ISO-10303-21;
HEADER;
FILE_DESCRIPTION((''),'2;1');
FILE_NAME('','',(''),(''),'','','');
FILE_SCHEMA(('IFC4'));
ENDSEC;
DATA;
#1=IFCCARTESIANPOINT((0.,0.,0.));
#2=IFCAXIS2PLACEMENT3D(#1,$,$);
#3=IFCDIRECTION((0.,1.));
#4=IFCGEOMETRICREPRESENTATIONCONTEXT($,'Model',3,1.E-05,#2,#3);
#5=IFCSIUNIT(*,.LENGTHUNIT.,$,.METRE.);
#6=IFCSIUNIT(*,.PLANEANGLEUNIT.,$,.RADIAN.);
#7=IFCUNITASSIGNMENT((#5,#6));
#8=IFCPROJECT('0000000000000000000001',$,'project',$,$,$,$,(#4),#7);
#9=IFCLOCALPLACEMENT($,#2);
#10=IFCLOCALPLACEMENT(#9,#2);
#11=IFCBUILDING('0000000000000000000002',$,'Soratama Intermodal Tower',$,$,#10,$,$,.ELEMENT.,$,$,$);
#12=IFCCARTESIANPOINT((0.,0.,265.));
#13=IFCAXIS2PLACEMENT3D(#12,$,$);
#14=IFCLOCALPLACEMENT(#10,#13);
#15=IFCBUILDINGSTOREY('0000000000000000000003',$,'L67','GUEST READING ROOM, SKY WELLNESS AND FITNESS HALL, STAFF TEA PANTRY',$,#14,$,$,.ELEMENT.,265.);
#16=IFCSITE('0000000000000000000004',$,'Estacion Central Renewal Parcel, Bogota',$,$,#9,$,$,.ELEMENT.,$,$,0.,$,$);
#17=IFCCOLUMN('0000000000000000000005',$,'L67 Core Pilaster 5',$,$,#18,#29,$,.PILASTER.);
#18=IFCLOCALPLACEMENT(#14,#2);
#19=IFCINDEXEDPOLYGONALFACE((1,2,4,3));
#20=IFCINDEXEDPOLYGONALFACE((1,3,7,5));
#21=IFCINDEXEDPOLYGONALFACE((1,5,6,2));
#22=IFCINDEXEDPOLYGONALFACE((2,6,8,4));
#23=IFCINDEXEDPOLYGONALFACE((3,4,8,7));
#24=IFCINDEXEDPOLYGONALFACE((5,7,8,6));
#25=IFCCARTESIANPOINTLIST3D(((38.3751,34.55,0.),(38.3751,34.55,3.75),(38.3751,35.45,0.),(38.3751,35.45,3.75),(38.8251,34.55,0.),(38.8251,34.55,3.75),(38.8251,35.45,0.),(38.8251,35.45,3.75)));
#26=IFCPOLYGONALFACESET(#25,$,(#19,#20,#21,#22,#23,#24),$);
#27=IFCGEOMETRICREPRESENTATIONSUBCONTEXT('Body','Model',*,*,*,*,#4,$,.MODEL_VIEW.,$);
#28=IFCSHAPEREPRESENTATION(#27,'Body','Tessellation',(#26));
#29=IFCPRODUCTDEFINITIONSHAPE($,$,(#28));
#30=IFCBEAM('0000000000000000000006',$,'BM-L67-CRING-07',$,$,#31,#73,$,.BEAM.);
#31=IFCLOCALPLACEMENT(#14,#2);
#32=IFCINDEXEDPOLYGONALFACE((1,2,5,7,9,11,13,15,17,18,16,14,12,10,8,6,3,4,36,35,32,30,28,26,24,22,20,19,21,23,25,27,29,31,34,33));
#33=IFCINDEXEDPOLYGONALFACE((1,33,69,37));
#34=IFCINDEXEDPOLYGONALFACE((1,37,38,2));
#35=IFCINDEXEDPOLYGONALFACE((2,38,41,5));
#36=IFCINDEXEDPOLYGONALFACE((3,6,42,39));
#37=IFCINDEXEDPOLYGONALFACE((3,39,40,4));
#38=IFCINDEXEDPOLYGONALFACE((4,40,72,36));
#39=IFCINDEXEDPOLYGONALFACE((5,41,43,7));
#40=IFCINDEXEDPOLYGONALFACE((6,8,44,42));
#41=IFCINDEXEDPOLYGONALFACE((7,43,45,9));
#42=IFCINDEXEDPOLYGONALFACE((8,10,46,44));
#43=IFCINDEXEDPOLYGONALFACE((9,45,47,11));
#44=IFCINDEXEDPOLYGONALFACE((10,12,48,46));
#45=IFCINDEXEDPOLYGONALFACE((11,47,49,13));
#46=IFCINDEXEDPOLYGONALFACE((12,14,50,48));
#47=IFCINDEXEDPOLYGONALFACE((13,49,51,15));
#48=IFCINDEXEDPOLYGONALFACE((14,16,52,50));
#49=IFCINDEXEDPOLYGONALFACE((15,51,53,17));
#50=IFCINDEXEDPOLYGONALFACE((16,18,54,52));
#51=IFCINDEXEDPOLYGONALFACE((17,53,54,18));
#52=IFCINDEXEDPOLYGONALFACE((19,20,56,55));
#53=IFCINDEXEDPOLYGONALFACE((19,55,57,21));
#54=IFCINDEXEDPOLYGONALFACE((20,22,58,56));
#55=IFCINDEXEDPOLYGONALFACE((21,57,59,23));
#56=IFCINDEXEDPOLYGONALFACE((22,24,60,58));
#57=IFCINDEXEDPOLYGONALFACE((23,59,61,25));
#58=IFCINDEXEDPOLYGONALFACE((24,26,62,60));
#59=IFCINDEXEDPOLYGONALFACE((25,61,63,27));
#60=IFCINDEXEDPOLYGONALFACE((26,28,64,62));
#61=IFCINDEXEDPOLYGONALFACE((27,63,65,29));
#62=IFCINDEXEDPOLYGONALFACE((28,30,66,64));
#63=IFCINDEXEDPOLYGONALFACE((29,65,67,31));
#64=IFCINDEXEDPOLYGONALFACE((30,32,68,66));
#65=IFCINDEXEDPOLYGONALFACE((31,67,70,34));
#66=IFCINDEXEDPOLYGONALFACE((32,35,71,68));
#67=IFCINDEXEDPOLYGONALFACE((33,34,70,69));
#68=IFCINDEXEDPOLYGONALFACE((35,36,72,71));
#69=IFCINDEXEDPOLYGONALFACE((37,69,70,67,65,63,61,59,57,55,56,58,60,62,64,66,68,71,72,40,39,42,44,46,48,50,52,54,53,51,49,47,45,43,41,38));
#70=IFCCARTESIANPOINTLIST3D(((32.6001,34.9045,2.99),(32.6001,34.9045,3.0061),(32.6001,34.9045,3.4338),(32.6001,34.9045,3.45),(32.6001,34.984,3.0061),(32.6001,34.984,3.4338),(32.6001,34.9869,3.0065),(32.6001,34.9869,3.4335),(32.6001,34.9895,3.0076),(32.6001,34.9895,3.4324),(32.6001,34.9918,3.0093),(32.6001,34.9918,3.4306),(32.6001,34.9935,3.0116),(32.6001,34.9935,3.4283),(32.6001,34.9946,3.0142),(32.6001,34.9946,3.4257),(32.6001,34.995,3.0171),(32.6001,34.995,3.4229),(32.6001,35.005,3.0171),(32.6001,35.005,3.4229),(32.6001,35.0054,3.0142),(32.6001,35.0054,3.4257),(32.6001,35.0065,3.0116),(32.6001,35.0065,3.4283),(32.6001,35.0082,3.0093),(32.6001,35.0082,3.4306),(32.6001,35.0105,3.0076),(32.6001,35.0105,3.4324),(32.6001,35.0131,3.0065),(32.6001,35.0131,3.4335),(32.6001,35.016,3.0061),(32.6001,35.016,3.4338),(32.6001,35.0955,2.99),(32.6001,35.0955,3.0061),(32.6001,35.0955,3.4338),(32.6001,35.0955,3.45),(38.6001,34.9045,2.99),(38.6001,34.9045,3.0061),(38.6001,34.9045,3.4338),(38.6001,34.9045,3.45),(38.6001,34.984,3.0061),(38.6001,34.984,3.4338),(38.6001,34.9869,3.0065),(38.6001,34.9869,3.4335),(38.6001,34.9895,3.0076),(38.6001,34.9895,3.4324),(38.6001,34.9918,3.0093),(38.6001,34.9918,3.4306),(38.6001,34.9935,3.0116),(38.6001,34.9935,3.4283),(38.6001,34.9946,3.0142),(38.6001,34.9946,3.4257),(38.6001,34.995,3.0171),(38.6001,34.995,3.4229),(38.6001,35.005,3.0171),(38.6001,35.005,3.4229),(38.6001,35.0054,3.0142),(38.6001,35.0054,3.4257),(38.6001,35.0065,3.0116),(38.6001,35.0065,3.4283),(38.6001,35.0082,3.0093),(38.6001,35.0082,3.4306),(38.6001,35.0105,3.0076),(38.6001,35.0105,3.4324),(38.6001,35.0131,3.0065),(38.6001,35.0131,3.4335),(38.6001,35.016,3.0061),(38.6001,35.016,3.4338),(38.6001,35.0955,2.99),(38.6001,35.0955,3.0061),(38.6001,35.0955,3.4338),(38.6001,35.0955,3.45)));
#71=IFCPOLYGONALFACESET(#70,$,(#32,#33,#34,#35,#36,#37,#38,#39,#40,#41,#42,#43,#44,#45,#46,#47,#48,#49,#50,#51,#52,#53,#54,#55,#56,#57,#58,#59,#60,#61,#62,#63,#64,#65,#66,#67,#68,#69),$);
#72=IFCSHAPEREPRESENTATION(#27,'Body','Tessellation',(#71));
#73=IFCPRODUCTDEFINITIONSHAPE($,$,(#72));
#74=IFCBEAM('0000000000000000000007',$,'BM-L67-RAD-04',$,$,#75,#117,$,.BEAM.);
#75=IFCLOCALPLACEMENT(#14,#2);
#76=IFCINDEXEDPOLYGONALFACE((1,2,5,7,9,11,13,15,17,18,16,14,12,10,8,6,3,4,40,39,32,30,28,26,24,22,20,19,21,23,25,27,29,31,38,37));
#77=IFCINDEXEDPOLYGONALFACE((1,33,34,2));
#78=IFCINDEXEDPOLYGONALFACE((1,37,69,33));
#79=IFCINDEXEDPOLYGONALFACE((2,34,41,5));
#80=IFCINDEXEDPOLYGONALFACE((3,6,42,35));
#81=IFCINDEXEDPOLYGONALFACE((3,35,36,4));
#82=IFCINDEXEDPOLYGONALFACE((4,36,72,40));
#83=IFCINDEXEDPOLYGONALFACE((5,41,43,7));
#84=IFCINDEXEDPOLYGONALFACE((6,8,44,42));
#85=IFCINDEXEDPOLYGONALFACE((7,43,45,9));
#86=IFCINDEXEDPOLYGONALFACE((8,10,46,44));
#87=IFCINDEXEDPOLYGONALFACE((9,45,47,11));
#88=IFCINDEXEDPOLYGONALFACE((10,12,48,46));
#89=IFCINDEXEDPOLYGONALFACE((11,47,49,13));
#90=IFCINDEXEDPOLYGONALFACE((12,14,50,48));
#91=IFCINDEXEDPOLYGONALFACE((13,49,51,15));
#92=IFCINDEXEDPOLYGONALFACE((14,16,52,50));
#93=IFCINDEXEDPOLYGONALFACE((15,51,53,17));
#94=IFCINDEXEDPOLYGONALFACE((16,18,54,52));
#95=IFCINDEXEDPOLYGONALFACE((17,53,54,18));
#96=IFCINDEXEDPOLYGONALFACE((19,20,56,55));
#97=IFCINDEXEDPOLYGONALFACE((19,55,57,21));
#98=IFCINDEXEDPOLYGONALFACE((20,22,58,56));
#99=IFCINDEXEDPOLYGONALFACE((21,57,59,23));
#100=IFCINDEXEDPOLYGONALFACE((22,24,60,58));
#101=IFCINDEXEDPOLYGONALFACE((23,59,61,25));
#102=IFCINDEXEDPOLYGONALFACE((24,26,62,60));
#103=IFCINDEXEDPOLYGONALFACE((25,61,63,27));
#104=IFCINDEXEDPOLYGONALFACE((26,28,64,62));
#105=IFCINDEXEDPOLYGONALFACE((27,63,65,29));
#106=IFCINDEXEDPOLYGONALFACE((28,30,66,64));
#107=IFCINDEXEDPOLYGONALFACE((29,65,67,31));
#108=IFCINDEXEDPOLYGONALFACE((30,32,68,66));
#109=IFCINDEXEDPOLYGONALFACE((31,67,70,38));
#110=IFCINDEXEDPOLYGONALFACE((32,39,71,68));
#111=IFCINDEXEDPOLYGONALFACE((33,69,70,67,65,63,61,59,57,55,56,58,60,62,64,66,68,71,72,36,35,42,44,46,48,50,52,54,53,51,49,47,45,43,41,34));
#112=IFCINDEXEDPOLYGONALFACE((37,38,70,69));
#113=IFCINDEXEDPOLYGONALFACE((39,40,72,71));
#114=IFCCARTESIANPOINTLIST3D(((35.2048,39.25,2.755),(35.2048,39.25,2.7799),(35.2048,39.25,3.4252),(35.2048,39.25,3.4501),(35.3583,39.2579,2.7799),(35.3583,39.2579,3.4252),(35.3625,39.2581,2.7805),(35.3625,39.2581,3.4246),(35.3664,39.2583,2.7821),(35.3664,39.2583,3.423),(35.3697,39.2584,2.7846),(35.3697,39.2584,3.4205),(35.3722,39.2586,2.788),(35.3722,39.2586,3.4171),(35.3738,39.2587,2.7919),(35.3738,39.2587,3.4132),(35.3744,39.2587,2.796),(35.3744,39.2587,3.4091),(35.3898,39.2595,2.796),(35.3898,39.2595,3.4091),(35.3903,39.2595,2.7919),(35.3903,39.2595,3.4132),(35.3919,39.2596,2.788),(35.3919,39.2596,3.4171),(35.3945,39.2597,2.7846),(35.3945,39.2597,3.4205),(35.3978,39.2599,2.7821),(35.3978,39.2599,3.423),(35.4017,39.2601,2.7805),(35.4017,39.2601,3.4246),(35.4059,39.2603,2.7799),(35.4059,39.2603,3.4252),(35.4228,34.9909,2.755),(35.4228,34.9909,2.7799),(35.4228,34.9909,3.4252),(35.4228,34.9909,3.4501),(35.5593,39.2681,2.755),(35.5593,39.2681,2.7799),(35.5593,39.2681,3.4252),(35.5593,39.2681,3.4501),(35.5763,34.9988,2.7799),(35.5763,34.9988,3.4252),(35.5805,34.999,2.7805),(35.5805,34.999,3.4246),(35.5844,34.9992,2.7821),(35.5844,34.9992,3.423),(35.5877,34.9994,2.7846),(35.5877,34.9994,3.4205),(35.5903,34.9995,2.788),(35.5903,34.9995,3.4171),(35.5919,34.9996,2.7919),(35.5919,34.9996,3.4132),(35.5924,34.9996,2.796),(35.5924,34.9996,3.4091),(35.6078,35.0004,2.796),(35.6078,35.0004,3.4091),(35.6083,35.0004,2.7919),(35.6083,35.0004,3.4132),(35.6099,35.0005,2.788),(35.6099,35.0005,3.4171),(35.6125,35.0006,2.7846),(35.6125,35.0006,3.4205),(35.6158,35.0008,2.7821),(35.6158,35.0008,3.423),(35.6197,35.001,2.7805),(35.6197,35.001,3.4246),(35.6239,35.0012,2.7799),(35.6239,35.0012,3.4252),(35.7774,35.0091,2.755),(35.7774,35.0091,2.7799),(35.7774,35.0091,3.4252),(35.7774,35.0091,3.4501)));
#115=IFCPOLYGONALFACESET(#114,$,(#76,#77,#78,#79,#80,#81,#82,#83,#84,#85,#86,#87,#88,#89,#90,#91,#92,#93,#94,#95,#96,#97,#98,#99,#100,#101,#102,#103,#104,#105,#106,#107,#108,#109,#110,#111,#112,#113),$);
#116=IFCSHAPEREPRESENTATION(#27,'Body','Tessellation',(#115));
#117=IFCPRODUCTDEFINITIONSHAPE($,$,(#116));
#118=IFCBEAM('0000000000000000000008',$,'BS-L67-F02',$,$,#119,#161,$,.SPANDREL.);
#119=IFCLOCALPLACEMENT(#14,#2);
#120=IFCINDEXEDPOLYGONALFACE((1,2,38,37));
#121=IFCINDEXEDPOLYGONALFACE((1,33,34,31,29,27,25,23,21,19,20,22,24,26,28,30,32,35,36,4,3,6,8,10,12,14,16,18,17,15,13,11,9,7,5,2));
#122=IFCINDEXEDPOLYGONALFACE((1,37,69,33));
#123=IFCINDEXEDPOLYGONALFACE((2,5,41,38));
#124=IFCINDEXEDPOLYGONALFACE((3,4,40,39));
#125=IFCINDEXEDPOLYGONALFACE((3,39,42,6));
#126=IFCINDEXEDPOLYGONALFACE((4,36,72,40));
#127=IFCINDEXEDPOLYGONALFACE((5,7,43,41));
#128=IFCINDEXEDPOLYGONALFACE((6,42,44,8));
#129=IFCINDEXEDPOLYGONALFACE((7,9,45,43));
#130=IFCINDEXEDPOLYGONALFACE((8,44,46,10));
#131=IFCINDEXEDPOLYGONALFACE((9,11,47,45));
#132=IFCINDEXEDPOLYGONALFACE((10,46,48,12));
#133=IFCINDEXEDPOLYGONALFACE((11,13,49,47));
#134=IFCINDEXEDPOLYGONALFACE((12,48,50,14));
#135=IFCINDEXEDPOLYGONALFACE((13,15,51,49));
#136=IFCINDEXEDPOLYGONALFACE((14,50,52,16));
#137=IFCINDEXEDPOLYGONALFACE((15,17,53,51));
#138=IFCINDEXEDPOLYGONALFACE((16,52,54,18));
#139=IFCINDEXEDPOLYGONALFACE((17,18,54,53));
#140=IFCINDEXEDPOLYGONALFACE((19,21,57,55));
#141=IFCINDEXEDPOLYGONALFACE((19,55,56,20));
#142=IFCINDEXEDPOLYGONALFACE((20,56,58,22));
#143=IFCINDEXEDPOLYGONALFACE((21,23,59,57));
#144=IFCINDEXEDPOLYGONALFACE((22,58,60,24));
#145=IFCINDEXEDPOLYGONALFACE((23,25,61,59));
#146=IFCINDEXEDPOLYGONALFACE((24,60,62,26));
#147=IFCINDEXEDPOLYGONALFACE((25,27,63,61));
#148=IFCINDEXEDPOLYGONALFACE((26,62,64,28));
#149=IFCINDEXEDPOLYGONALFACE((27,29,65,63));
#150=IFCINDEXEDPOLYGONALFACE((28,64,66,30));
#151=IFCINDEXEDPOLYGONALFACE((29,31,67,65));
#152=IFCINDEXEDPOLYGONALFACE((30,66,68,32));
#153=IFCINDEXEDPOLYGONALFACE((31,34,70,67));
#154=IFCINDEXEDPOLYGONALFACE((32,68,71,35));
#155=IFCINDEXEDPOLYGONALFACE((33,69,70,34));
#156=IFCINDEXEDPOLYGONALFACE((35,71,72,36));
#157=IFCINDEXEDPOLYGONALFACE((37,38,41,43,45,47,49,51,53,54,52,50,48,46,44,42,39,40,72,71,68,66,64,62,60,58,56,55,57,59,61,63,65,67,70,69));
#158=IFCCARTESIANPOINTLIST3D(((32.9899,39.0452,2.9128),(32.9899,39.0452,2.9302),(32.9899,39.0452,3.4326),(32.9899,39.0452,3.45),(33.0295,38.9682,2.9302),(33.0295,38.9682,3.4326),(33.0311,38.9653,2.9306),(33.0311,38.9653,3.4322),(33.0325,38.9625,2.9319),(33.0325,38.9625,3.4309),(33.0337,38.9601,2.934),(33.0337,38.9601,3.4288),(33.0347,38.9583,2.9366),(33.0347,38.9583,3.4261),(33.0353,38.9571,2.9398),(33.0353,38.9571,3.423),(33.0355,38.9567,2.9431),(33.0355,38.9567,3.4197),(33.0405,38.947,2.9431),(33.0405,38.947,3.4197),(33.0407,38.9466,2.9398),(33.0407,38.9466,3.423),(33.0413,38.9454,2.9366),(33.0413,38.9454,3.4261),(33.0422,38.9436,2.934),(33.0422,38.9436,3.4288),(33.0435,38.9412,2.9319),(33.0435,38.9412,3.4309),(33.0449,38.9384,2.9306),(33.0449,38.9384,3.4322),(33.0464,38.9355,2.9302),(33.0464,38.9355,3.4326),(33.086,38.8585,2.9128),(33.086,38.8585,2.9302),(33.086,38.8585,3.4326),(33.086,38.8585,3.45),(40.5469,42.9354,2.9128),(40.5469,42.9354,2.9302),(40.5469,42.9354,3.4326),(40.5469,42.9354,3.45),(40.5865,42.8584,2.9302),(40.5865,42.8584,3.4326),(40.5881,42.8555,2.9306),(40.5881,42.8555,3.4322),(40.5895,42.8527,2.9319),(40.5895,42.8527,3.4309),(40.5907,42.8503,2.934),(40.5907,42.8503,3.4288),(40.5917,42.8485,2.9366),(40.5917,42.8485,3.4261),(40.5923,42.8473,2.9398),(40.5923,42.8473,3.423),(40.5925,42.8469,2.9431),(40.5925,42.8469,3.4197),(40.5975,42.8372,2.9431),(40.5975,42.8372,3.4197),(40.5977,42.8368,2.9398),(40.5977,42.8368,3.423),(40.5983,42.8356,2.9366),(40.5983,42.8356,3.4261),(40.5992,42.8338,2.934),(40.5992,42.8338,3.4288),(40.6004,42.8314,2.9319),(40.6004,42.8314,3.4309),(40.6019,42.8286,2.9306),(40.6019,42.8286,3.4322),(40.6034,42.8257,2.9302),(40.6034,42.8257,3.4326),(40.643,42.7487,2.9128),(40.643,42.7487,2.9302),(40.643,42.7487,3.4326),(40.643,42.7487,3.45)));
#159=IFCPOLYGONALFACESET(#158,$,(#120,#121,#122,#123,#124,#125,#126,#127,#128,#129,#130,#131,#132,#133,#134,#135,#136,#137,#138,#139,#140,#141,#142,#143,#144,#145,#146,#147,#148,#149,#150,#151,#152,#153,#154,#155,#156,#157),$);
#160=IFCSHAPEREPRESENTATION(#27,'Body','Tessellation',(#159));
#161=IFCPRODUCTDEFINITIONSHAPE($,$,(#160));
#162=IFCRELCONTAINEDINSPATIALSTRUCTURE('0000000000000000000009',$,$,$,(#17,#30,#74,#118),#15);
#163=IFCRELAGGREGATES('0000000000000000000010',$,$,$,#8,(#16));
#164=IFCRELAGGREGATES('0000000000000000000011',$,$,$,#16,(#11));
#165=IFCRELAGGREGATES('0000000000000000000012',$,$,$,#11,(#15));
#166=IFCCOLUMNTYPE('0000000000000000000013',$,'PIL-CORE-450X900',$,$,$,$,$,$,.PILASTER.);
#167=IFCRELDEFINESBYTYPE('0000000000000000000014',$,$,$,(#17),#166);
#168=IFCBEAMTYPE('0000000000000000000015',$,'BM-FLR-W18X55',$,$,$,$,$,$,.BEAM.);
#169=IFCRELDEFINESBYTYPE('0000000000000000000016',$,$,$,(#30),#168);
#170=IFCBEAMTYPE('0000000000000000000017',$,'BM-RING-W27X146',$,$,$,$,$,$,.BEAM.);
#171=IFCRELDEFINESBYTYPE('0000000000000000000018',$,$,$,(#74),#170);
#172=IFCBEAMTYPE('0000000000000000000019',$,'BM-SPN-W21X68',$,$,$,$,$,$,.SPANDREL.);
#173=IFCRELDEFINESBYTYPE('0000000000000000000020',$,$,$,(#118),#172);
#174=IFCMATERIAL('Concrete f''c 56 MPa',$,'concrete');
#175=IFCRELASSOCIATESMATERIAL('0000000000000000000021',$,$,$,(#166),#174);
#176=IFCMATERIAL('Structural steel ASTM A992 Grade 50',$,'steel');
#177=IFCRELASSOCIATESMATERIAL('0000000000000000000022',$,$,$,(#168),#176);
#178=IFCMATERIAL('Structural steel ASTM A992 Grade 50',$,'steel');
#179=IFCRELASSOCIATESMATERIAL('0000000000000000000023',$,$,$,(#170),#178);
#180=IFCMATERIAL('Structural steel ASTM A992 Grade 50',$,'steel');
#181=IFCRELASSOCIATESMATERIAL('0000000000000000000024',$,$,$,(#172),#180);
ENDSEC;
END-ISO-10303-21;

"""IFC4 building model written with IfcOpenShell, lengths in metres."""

from ifc_helpers import new_model, si_unit, direction, frame, origin, origin_2d, place, context, subcontext, project, spatial, rectangle, i_section, extrude, material, material_profile, profile_set, type_object, element, save


model = new_model("IFC4")

# Units and contexts
model_context = context("Model", 3, precision=1e-05, world=origin(), true_north=direction((0.0, 1.0)))
body_context = subcontext(model_context, "Body", "Model", "MODEL_VIEW")
ifc_project = project(units=[si_unit("LENGTHUNIT", "METRE"), si_unit("PLANEANGLEUNIT", "RADIAN")], contexts=[model_context])

# Site, building, storey
site_placement = place(None, origin())
site = spatial("IfcSite", under=ifc_project, at=site_placement, Name="Estacion Central Renewal Parcel, Bogota", CompositionType="ELEMENT", RefElevation=0.0)
building_placement = place(site_placement, origin())
building = spatial("IfcBuilding", under=site, at=building_placement, Name="Soratama Intermodal Tower", CompositionType="ELEMENT")
storey_placement = place(building_placement, frame((0.0, 0.0, 265.0)))
storey = spatial("IfcBuildingStorey", under=building, at=storey_placement, Name="L67", Description="GUEST READING ROOM, SKY WELLNESS AND FITNESS HALL, STAFF TEA PANTRY", CompositionType="ELEMENT", Elevation=265.0)

# Column
ifc_material_1 = material(Name="Concrete f'c 56 MPa", Category="concrete")
ifc_material_profile_1 = material_profile(ifc_material_1, rectangle(XDim=0.45, YDim=0.8999, at=origin_2d()), Name="RC450X900")
ifc_profile_set_1 = profile_set([ifc_material_profile_1], Name="Concrete f'c 56 MPa")
column_type = type_object("IfcColumnType", Name="PIL-CORE-450X900", PredefinedType="PILASTER", material=ifc_profile_set_1)
column_placement = place(storey_placement, frame((38.6001, 35.0, 0.0), z_axis=(0.0, 0.0, 1.0), x_axis=(1.0, 0.0, 0.0)))
element("IfcColumn", 1, at=column_placement, inside=storey, type_object=column_type, Name="L67 Core Pilaster 5", PredefinedType="PILASTER", context=body_context, shape_type="SweptSolid", body=[
    extrude(rectangle(XDim=0.45, YDim=0.8999, at=origin_2d()), origin(), (0.0, 0.0, 1.0), 3.75),
])

# Beams
ifc_material_2 = material(Name="Structural steel ASTM A992 Grade 50", Category="steel")
ifc_material_profile_2 = material_profile(ifc_material_2, i_section(OverallWidth=0.1909, OverallDepth=0.46, WebThickness=0.01, FlangeThickness=0.0161, FilletRadius=0.011, at=origin_2d()), Name="W18X55")
ifc_profile_set_2 = profile_set([ifc_material_profile_2], Name="Structural steel ASTM A992 Grade 50")
beam_type_1 = type_object("IfcBeamType", Name="BM-FLR-W18X55", PredefinedType="BEAM", material=ifc_profile_set_2)
beam_1_placement = place(storey_placement, frame((38.6001, 35.0, 3.22), z_axis=(-1.0, 0.0, 0.0), x_axis=(0.0, -1.0, 0.0)))
element("IfcBeam", 2, at=beam_1_placement, inside=storey, type_object=beam_type_1, Name="BM-L67-CRING-07", PredefinedType="BEAM", context=body_context, shape_type="SweptSolid", body=[
    extrude(i_section(OverallWidth=0.1909, OverallDepth=0.46, WebThickness=0.01, FlangeThickness=0.0161, FilletRadius=0.011, at=origin_2d()), origin(), (0.0, 0.0, 1.0), 6.0),
])
ifc_material_3 = material(Name="Structural steel ASTM A992 Grade 50", Category="steel")
ifc_material_profile_3 = material_profile(ifc_material_3, i_section(OverallWidth=0.355, OverallDepth=0.6951, WebThickness=0.0154, FlangeThickness=0.0249, FilletRadius=0.0161, at=origin_2d()), Name="W27X146")
ifc_profile_set_3 = profile_set([ifc_material_profile_3], Name="Structural steel ASTM A992 Grade 50")
beam_type_2 = type_object("IfcBeamType", Name="BM-RING-W27X146", PredefinedType="BEAM", material=ifc_profile_set_3)
beam_2_placement = place(storey_placement, frame((35.6001, 35.0, 3.1025), z_axis=(-0.051123, 0.998692, 0.0), x_axis=(-0.998692, -0.051123, 0.0)))
element("IfcBeam", 3, at=beam_2_placement, inside=storey, type_object=beam_type_2, Name="BM-L67-RAD-04", PredefinedType="BEAM", context=body_context, shape_type="SweptSolid", body=[
    extrude(i_section(OverallWidth=0.355, OverallDepth=0.6951, WebThickness=0.0154, FlangeThickness=0.0249, FilletRadius=0.0161, at=origin_2d()), origin(), (0.0, 0.0, 1.0), 4.2646),
])
ifc_material_4 = material(Name="Structural steel ASTM A992 Grade 50", Category="steel")
ifc_material_profile_4 = material_profile(ifc_material_4, i_section(OverallWidth=0.21, OverallDepth=0.5371, WebThickness=0.011, FlangeThickness=0.0173, FilletRadius=0.0129, at=origin_2d()), Name="W21X68")
ifc_profile_set_4 = profile_set([ifc_material_profile_4], Name="Structural steel ASTM A992 Grade 50")
beam_type_3 = type_object("IfcBeamType", Name="BM-SPN-W21X68", PredefinedType="SPANDREL", material=ifc_profile_set_4)
beam_3_placement = place(storey_placement, frame((40.595, 42.842, 3.1814), z_axis=(-0.889109, -0.457696, 0.0), x_axis=(0.457696, -0.889109, 0.0)))
element("IfcBeam", 4, at=beam_3_placement, inside=storey, type_object=beam_type_3, Name="BS-L67-F02", PredefinedType="SPANDREL", context=body_context, shape_type="SweptSolid", body=[
    extrude(i_section(OverallWidth=0.21, OverallDepth=0.5371, WebThickness=0.011, FlangeThickness=0.0173, FilletRadius=0.0129, at=origin_2d()), origin(), (0.0, 0.0, 1.0), 8.4995),
])

save(model, "model.ifc")
